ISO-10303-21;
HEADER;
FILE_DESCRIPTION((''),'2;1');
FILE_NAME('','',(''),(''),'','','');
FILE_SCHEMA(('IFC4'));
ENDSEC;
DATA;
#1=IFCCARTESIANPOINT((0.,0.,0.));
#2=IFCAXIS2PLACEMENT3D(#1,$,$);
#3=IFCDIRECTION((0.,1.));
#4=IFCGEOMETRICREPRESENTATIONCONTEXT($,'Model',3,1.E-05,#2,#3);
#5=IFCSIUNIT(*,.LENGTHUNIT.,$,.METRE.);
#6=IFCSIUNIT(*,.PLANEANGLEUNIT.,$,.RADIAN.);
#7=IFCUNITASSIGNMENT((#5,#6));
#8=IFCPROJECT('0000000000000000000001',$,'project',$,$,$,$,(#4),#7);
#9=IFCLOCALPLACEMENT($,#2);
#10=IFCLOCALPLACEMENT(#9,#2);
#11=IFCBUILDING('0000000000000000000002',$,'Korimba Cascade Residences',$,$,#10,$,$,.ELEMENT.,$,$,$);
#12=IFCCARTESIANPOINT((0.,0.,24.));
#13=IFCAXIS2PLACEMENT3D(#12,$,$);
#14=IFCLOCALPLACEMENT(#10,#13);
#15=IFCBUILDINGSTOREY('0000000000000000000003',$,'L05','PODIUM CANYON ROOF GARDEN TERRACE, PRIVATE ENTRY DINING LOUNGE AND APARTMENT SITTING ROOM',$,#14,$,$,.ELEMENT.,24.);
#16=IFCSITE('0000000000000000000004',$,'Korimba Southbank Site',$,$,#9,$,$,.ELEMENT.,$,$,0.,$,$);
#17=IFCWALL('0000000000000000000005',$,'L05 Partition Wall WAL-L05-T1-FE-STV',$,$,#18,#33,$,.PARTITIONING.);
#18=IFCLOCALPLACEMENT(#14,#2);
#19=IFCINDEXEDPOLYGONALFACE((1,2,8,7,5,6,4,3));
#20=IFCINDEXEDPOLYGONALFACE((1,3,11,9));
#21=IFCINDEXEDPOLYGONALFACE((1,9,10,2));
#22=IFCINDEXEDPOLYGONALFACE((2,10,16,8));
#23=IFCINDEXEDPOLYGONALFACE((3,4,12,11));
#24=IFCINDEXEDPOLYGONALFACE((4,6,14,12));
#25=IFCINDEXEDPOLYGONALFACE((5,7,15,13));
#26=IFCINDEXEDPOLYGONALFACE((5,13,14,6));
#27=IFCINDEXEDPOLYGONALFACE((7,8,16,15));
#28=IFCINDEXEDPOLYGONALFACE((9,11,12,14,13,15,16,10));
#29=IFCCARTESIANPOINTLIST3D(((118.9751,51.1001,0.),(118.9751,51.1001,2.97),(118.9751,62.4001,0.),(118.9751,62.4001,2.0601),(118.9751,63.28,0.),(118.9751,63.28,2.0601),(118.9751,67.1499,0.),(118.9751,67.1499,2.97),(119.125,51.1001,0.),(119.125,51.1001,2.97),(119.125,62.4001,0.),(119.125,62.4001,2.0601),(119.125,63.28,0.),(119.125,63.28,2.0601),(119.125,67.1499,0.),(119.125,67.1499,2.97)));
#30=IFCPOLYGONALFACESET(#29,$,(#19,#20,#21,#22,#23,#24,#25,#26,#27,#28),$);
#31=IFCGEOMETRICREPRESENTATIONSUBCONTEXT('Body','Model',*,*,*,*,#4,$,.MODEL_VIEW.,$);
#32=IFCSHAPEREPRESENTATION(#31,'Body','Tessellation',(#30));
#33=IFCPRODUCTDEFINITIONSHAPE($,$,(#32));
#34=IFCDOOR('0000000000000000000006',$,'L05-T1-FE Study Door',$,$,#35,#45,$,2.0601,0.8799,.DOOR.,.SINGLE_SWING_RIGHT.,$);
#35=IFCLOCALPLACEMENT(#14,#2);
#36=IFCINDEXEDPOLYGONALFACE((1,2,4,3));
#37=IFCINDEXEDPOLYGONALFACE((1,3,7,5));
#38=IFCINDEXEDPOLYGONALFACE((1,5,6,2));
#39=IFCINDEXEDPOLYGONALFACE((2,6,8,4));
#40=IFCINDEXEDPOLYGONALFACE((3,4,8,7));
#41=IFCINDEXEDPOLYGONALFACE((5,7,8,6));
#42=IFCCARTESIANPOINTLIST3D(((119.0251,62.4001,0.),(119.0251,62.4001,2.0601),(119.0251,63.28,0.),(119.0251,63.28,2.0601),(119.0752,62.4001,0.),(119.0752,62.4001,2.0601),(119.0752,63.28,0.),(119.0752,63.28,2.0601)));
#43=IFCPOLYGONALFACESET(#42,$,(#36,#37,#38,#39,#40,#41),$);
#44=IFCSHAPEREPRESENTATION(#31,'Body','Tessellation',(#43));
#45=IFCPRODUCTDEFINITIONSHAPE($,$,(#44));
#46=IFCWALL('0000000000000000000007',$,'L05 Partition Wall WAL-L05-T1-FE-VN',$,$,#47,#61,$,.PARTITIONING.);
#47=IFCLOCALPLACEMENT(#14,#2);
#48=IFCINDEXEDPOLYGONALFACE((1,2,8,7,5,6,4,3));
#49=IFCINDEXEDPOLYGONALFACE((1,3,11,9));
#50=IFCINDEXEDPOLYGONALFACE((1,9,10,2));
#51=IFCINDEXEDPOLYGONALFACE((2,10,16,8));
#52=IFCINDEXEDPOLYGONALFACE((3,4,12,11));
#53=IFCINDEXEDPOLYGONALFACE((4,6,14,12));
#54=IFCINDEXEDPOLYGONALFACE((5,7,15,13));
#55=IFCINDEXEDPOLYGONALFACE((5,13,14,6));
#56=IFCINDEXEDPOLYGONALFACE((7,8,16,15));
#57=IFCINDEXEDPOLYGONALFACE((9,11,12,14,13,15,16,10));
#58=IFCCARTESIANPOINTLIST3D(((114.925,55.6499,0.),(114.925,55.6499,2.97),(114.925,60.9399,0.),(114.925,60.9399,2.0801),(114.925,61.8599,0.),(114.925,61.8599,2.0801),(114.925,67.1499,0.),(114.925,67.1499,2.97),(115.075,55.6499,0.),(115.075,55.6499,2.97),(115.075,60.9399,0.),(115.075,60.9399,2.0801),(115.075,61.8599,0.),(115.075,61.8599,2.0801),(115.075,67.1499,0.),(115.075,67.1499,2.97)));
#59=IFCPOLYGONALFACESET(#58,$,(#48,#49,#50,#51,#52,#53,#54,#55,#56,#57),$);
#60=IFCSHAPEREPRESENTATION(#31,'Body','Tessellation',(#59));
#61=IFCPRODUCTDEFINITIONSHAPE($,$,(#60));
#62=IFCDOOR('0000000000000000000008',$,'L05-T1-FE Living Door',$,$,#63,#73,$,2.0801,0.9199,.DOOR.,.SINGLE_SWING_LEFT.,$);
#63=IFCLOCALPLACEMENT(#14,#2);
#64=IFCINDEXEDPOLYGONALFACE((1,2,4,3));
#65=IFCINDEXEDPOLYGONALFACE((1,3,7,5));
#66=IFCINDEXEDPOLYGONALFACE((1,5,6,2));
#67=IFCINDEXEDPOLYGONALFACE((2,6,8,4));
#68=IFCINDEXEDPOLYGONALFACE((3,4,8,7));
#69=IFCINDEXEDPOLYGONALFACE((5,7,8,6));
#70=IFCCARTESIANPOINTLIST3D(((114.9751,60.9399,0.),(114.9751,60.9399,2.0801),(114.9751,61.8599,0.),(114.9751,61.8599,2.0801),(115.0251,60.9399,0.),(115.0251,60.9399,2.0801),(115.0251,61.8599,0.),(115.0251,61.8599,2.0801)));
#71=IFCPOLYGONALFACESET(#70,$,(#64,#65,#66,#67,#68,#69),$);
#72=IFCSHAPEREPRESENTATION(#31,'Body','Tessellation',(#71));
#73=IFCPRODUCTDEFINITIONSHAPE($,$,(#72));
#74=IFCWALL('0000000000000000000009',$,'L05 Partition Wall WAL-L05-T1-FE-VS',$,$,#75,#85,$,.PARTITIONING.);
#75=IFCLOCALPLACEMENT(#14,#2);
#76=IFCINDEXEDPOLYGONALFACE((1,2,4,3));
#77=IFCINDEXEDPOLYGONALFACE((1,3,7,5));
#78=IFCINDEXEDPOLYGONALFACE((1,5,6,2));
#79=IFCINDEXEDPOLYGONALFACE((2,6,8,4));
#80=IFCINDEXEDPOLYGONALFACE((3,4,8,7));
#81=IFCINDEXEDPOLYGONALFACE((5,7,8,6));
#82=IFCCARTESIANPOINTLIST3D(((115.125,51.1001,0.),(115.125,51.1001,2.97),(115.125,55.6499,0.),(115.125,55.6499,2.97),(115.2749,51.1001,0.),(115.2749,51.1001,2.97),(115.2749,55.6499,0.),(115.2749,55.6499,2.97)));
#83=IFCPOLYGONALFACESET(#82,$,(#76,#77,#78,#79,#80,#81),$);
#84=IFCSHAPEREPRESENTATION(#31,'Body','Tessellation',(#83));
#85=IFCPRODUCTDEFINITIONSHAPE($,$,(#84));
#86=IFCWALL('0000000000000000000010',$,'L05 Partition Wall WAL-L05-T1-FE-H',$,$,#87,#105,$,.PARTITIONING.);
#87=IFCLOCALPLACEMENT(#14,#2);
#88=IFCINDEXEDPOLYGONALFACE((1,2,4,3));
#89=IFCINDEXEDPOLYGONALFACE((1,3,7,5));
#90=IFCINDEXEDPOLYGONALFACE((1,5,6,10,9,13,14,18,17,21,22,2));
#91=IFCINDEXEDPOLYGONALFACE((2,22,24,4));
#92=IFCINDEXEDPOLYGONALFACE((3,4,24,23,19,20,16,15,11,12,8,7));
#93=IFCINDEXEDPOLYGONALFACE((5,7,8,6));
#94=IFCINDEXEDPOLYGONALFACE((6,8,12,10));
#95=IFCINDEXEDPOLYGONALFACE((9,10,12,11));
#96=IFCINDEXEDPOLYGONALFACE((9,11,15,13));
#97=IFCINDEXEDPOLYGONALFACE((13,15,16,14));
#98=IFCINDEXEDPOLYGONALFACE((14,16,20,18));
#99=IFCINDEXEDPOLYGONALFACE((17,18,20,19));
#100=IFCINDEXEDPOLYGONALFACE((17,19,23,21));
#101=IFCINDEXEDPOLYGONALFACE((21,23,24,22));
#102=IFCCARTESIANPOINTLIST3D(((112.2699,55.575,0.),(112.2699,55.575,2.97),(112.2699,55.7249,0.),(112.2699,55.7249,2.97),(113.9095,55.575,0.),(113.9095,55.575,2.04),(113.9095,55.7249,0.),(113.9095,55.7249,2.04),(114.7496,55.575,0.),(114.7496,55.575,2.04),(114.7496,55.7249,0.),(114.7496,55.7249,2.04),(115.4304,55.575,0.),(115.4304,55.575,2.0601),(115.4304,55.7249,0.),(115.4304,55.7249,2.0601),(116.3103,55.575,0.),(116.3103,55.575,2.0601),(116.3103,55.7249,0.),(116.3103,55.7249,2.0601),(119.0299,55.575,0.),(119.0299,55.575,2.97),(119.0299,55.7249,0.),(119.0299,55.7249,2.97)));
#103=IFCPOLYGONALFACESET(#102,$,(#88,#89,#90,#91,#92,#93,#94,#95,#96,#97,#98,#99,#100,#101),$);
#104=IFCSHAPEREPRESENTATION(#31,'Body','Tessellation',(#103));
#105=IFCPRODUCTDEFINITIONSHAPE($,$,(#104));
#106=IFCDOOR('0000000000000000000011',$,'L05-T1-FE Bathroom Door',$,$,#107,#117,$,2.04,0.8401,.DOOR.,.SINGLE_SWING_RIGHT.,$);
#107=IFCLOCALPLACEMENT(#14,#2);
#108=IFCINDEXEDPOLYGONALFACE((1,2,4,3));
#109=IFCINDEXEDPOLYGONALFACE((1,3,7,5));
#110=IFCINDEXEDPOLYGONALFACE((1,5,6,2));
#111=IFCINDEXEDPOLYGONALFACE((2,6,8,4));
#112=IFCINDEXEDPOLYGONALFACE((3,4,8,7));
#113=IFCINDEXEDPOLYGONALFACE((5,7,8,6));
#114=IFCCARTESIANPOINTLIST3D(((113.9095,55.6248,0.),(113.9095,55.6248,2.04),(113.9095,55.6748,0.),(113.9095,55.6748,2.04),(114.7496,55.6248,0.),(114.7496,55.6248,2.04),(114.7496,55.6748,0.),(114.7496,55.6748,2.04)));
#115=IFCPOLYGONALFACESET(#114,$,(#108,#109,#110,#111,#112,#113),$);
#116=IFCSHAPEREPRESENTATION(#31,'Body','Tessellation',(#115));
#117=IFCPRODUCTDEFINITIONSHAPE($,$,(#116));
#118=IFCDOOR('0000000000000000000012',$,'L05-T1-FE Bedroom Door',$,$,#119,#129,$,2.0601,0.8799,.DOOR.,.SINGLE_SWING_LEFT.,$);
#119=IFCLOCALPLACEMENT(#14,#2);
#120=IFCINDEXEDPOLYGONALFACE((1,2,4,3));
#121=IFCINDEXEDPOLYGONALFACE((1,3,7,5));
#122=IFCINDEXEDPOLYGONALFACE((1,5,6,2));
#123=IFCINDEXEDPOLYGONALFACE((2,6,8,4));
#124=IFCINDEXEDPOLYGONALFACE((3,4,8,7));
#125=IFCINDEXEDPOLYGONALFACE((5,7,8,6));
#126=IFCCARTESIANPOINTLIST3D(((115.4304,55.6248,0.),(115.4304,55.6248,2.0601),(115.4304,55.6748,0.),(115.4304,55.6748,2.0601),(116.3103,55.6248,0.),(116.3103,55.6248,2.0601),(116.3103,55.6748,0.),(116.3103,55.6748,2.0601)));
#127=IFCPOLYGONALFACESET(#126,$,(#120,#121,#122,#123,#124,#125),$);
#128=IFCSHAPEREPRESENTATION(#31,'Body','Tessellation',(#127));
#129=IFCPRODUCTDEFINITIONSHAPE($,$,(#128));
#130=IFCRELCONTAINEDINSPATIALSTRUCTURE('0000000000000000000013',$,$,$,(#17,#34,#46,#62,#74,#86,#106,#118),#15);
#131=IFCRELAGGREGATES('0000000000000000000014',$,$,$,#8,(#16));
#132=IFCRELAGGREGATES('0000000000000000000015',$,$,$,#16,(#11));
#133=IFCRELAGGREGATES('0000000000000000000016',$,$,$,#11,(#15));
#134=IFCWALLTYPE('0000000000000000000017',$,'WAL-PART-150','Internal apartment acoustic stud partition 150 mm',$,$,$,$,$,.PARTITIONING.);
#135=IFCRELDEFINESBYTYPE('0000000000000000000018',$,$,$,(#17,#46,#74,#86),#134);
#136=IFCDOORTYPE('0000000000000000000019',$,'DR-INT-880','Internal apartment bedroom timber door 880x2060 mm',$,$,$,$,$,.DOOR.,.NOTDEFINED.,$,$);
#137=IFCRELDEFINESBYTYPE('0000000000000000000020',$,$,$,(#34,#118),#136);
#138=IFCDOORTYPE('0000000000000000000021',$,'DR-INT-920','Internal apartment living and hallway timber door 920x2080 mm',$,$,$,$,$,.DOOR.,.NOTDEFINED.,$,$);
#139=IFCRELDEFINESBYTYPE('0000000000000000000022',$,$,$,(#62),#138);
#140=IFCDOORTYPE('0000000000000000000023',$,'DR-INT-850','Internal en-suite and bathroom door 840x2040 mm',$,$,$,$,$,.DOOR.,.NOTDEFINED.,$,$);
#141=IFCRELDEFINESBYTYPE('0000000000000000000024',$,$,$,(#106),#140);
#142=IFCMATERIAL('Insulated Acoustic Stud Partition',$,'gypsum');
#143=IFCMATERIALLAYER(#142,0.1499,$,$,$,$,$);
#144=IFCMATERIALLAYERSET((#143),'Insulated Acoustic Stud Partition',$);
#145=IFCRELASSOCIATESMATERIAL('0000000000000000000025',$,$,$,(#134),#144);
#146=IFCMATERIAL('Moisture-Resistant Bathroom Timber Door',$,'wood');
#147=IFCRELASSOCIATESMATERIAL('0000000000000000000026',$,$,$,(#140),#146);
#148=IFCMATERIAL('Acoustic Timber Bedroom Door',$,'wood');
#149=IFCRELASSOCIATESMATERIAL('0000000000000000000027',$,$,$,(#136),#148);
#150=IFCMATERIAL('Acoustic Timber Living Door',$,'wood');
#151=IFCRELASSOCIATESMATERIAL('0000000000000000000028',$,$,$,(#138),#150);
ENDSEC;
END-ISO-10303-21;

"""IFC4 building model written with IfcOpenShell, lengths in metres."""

from ifc_helpers import new_model, si_unit, direction, frame, frame_2d, origin, place, context, subcontext, project, spatial, rectangle, extrude, material, layer, layer_set, type_object, element, fill, save


model = new_model("IFC4")

# Units and contexts
model_context = context("Model", 3, precision=1e-05, world=origin(), true_north=direction((0.0, 1.0)))
body_context = subcontext(model_context, "Body", "Model", "MODEL_VIEW")
ifc_project = project(units=[si_unit("LENGTHUNIT", "METRE"), si_unit("PLANEANGLEUNIT", "RADIAN")], contexts=[model_context])

# Site, building, storey
site_placement = place(None, origin())
site = spatial("IfcSite", under=ifc_project, at=site_placement, Name="Korimba Southbank Site", CompositionType="ELEMENT", RefElevation=0.0)
building_placement = place(site_placement, origin())
building = spatial("IfcBuilding", under=site, at=building_placement, Name="Korimba Cascade Residences", CompositionType="ELEMENT")
storey_placement = place(building_placement, frame((0.0, 0.0, 24.0)))
storey = spatial("IfcBuildingStorey", under=building, at=storey_placement, Name="L05", Description="PODIUM CANYON ROOF GARDEN TERRACE, PRIVATE ENTRY DINING LOUNGE AND APARTMENT SITTING ROOM", CompositionType="ELEMENT", Elevation=24.0)

# Walls, openings, doors
ifc_material_1 = material(Name="Insulated Acoustic Stud Partition", Category="gypsum")
ifc_layer_1 = layer(ifc_material_1, 0.1499)
ifc_layer_set_1 = layer_set([ifc_layer_1], Name="Insulated Acoustic Stud Partition")
wall_type_1 = type_object("IfcWallType", Name="WAL-PART-150", Description="Internal apartment acoustic stud partition 150 mm", PredefinedType="PARTITIONING", material=ifc_layer_set_1)
ifc_material_2 = material(Name="Moisture-Resistant Bathroom Timber Door", Category="wood")
door_type_1 = type_object("IfcDoorType", Name="DR-INT-850", Description="Internal en-suite and bathroom door 840x2040 mm", OperationType="NOTDEFINED", PredefinedType="DOOR", material=ifc_material_2)
wall_1_placement = place(storey_placement, frame((119.05, 51.1001, 0.0), z_axis=(0.0, 0.0, 1.0), x_axis=(0.0, 1.0, 0.0)))
wall_1 = element("IfcWall", 1, at=wall_1_placement, inside=storey, type_object=wall_type_1, Name="L05 Partition Wall WAL-L05-T1-FE-STV", PredefinedType="PARTITIONING", context=body_context, shape_type="SweptSolid", body=[
    extrude(rectangle(XDim=16.0498, YDim=0.1499, at=frame_2d((8.0249, 0.0))), origin(), (0.0, 0.0, 1.0), 2.97),
])
opening_1_placement = place(wall_1_placement, frame((11.3, 0.0, 0.0)))
opening_1 = element("IfcOpeningElement", 2, at=opening_1_placement, cuts=wall_1, PredefinedType="OPENING", context=body_context, shape_type="SweptSolid", body=[
    extrude(rectangle(XDim=0.8799, YDim=2.0601, at=frame_2d((0.4399, 1.03))), frame((0.0, 0.085, 0.0), z_axis=(0.0, -1.0, 0.0), x_axis=(1.0, 0.0, 0.0)), (0.0, 0.0, 1.0), 0.1699),
])
ifc_material_3 = material(Name="Acoustic Timber Bedroom Door", Category="wood")
door_type_2 = type_object("IfcDoorType", Name="DR-INT-880", Description="Internal apartment bedroom timber door 880x2060 mm", OperationType="NOTDEFINED", PredefinedType="DOOR", material=ifc_material_3)
door_1_placement = place(opening_1_placement, origin())
door_1 = element("IfcDoor", 3, at=door_1_placement, inside=storey, type_object=door_type_2, Name="L05-T1-FE Study Door", OperationType="SINGLE_SWING_RIGHT", OverallHeight=2.0601, OverallWidth=0.8799, PredefinedType="DOOR", context=body_context, shape_type="SweptSolid", body=[
    extrude(rectangle(XDim=0.8799, YDim=2.0601, at=frame_2d((0.4399, 1.03))), frame((0.0, 0.0249, 0.0), z_axis=(0.0, -1.0, 0.0), x_axis=(1.0, 0.0, 0.0)), (0.0, 0.0, 1.0), 0.05),
])
fill(opening_1, door_1)
wall_2_placement = place(storey_placement, frame((115.0, 55.6499, 0.0), z_axis=(0.0, 0.0, 1.0), x_axis=(0.0, 1.0, 0.0)))
wall_2 = element("IfcWall", 4, at=wall_2_placement, inside=storey, type_object=wall_type_1, Name="L05 Partition Wall WAL-L05-T1-FE-VN", PredefinedType="PARTITIONING", context=body_context, shape_type="SweptSolid", body=[
    extrude(rectangle(XDim=11.5, YDim=0.1499, at=frame_2d((5.75, 0.0))), origin(), (0.0, 0.0, 1.0), 2.97),
])
opening_2_placement = place(wall_2_placement, frame((5.29, 0.0, 0.0)))
opening_2 = element("IfcOpeningElement", 5, at=opening_2_placement, cuts=wall_2, PredefinedType="OPENING", context=body_context, shape_type="SweptSolid", body=[
    extrude(rectangle(XDim=0.9199, YDim=2.0801, at=frame_2d((0.46, 1.04))), frame((0.0, 0.085, 0.0), z_axis=(0.0, -1.0, 0.0), x_axis=(1.0, 0.0, 0.0)), (0.0, 0.0, 1.0), 0.1699),
])
ifc_material_4 = material(Name="Acoustic Timber Living Door", Category="wood")
door_type_3 = type_object("IfcDoorType", Name="DR-INT-920", Description="Internal apartment living and hallway timber door 920x2080 mm", OperationType="NOTDEFINED", PredefinedType="DOOR", material=ifc_material_4)
door_2_placement = place(opening_2_placement, origin())
door_2 = element("IfcDoor", 6, at=door_2_placement, inside=storey, type_object=door_type_3, Name="L05-T1-FE Living Door", OperationType="SINGLE_SWING_LEFT", OverallHeight=2.0801, OverallWidth=0.9199, PredefinedType="DOOR", context=body_context, shape_type="SweptSolid", body=[
    extrude(rectangle(XDim=0.9199, YDim=2.0801, at=frame_2d((0.46, 1.04))), frame((0.0, 0.0249, 0.0), z_axis=(0.0, -1.0, 0.0), x_axis=(1.0, 0.0, 0.0)), (0.0, 0.0, 1.0), 0.05),
])
fill(opening_2, door_2)

# Wall
wall_3_placement = place(storey_placement, frame((115.2, 51.1001, 0.0), z_axis=(0.0, 0.0, 1.0), x_axis=(0.0, 1.0, 0.0)))
element("IfcWall", 7, at=wall_3_placement, inside=storey, type_object=wall_type_1, Name="L05 Partition Wall WAL-L05-T1-FE-VS", PredefinedType="PARTITIONING", context=body_context, shape_type="SweptSolid", body=[
    extrude(rectangle(XDim=4.5498, YDim=0.1499, at=frame_2d((2.2749, 0.0))), origin(), (0.0, 0.0, 1.0), 2.97),
])

# Wall, openings, doors
wall_4_placement = place(storey_placement, frame((112.27, 55.6499, 0.0), z_axis=(0.0, 0.0, 1.0), x_axis=(1.0, 0.0, 0.0)))
wall_4 = element("IfcWall", 8, at=wall_4_placement, inside=storey, type_object=wall_type_1, Name="L05 Partition Wall WAL-L05-T1-FE-H", PredefinedType="PARTITIONING", context=body_context, shape_type="SweptSolid", body=[
    extrude(rectangle(XDim=6.76, YDim=0.1499, at=frame_2d((3.3799, 0.0))), origin(), (0.0, 0.0, 1.0), 2.97),
])
opening_3_placement = place(wall_4_placement, frame((1.6396, 0.0, 0.0)))
opening_3 = element("IfcOpeningElement", 9, at=opening_3_placement, cuts=wall_4, PredefinedType="OPENING", context=body_context, shape_type="SweptSolid", body=[
    extrude(rectangle(XDim=0.8401, YDim=2.04, at=frame_2d((0.4199, 1.02))), frame((0.0, 0.085, 0.0), z_axis=(0.0, -1.0, 0.0), x_axis=(1.0, 0.0, 0.0)), (0.0, 0.0, 1.0), 0.1699),
])
opening_4_placement = place(wall_4_placement, frame((3.1604, 0.0, 0.0)))
opening_4 = element("IfcOpeningElement", 10, at=opening_4_placement, cuts=wall_4, PredefinedType="OPENING", context=body_context, shape_type="SweptSolid", body=[
    extrude(rectangle(XDim=0.8799, YDim=2.0601, at=frame_2d((0.4399, 1.03))), frame((0.0, 0.085, 0.0), z_axis=(0.0, -1.0, 0.0), x_axis=(1.0, 0.0, 0.0)), (0.0, 0.0, 1.0), 0.1699),
])
door_3_placement = place(opening_3_placement, origin())
door_3 = element("IfcDoor", 11, at=door_3_placement, inside=storey, type_object=door_type_1, Name="L05-T1-FE Bathroom Door", OperationType="SINGLE_SWING_RIGHT", OverallHeight=2.04, OverallWidth=0.8401, PredefinedType="DOOR", context=body_context, shape_type="SweptSolid", body=[
    extrude(rectangle(XDim=0.8401, YDim=2.04, at=frame_2d((0.4199, 1.02))), frame((0.0, 0.0249, 0.0), z_axis=(0.0, -1.0, 0.0), x_axis=(1.0, 0.0, 0.0)), (0.0, 0.0, 1.0), 0.05),
])
fill(opening_3, door_3)
door_4_placement = place(opening_4_placement, origin())
door_4 = element("IfcDoor", 12, at=door_4_placement, inside=storey, type_object=door_type_2, Name="L05-T1-FE Bedroom Door", OperationType="SINGLE_SWING_LEFT", OverallHeight=2.0601, OverallWidth=0.8799, PredefinedType="DOOR", context=body_context, shape_type="SweptSolid", body=[
    extrude(rectangle(XDim=0.8799, YDim=2.0601, at=frame_2d((0.4399, 1.03))), frame((0.0, 0.0249, 0.0), z_axis=(0.0, -1.0, 0.0), x_axis=(1.0, 0.0, 0.0)), (0.0, 0.0, 1.0), 0.05),
])
fill(opening_4, door_4)

save(model, "model.ifc")
